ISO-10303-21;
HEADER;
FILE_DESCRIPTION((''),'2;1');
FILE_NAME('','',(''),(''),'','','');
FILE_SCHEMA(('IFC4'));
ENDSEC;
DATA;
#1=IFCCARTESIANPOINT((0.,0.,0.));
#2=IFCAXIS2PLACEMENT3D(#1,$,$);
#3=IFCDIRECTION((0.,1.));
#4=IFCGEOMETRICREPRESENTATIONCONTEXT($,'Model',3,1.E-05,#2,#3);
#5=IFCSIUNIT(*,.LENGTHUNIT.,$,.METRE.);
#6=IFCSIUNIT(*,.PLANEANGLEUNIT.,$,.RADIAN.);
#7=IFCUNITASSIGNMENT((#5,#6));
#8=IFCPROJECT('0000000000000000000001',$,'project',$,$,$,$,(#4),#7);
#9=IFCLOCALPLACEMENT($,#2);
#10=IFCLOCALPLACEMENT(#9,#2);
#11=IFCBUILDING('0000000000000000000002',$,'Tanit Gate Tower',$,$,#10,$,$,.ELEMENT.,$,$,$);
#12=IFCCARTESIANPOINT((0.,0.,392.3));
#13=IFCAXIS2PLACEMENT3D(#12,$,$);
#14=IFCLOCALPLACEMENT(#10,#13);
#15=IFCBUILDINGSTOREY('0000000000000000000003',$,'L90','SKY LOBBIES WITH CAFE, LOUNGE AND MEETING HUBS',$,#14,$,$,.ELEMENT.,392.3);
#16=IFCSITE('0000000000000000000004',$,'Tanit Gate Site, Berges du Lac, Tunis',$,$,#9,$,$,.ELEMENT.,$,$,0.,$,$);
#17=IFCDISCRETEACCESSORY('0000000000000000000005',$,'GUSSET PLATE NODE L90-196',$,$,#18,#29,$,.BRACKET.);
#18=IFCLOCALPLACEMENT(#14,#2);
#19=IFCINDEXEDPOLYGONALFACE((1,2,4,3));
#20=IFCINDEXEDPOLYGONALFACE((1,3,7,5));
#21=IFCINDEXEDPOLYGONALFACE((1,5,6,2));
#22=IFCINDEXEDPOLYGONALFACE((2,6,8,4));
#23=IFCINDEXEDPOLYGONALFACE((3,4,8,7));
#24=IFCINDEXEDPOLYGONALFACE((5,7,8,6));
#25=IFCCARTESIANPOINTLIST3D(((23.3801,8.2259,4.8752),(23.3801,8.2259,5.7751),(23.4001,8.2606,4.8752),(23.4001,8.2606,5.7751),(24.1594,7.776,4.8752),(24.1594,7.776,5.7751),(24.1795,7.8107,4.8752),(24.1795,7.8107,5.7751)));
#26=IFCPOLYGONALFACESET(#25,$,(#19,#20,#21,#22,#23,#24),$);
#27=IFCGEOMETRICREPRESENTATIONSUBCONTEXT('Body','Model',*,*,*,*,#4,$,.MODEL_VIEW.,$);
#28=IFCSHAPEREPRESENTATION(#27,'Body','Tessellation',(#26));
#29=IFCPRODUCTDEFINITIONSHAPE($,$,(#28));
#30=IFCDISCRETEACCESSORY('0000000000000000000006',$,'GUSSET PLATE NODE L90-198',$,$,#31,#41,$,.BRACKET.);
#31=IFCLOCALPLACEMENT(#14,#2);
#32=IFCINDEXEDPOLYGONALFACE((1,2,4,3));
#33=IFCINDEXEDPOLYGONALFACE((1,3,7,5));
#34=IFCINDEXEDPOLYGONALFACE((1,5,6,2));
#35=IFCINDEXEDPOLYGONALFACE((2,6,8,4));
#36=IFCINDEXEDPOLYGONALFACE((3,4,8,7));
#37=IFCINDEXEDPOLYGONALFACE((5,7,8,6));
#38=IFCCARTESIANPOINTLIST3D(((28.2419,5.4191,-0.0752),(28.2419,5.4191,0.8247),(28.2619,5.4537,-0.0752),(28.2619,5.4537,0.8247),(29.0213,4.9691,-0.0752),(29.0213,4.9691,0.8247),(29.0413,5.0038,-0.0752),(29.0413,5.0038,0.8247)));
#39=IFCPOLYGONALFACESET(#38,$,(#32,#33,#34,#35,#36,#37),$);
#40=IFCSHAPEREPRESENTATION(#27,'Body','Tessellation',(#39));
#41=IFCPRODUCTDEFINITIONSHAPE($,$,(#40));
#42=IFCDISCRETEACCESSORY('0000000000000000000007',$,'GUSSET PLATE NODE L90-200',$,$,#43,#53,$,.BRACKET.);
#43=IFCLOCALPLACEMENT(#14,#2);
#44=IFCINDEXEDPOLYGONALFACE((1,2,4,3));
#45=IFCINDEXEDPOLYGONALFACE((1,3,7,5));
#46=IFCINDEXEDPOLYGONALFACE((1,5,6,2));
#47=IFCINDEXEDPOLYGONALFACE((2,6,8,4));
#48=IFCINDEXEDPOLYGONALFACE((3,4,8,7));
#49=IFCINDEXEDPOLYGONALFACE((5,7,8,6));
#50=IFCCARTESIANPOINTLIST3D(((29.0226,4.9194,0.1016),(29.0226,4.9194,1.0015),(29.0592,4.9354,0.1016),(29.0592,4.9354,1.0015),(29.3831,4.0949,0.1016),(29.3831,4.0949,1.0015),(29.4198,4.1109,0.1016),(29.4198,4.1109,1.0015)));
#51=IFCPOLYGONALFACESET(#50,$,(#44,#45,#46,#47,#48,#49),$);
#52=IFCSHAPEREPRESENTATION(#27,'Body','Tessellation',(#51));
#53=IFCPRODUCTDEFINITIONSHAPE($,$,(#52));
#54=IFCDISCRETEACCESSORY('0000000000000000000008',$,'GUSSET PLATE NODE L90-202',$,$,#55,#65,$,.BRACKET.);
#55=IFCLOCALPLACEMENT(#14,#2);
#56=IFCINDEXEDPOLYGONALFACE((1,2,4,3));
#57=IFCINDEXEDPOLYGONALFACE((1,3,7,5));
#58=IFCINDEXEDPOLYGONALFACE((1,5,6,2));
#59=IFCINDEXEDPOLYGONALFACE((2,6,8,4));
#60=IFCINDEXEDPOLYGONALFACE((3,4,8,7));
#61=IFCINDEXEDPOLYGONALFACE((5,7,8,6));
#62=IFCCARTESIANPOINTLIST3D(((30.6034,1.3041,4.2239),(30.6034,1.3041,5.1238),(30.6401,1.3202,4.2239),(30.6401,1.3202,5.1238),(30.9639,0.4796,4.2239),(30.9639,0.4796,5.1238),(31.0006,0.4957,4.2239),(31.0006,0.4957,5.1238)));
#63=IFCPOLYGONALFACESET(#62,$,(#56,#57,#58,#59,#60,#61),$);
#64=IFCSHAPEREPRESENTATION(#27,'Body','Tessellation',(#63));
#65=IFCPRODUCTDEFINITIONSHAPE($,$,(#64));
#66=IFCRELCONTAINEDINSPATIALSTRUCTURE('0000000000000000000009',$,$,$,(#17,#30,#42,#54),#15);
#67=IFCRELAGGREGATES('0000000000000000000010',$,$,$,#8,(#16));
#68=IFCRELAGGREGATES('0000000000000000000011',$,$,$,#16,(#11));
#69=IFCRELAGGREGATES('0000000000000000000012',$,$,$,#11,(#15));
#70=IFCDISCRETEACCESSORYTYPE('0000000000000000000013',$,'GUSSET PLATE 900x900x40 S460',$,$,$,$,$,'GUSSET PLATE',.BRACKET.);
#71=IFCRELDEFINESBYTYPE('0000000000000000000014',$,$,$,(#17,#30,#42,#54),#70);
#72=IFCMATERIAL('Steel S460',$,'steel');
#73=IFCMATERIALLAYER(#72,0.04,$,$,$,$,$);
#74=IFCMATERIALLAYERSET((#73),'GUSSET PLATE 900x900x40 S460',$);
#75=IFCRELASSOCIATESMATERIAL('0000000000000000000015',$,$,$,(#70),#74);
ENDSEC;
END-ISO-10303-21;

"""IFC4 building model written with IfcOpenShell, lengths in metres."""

from ifc_helpers import new_model, si_unit, direction, frame, origin, origin_2d, place, context, subcontext, project, spatial, rectangle, extrude, material, layer, layer_set, type_object, element, save


model = new_model("IFC4")

# Units and contexts
model_context = context("Model", 3, precision=1e-05, world=origin(), true_north=direction((0.0, 1.0)))
body_context = subcontext(model_context, "Body", "Model", "MODEL_VIEW")
ifc_project = project(units=[si_unit("LENGTHUNIT", "METRE"), si_unit("PLANEANGLEUNIT", "RADIAN")], contexts=[model_context])

# Site, building, storey
site_placement = place(None, origin())
site = spatial("IfcSite", under=ifc_project, at=site_placement, Name="Tanit Gate Site, Berges du Lac, Tunis", CompositionType="ELEMENT", RefElevation=0.0)
building_placement = place(site_placement, origin())
building = spatial("IfcBuilding", under=site, at=building_placement, Name="Tanit Gate Tower", CompositionType="ELEMENT")
storey_placement = place(building_placement, frame((0.0, 0.0, 392.3)))
storey = spatial("IfcBuildingStorey", under=building, at=storey_placement, Name="L90", Description="SKY LOBBIES WITH CAFE, LOUNGE AND MEETING HUBS", CompositionType="ELEMENT", Elevation=392.3)

# Discrete accessories
ifc_material_1 = material(Name="Steel S460", Category="steel")
ifc_layer_1 = layer(ifc_material_1, 0.04)
ifc_layer_set_1 = layer_set([ifc_layer_1], Name="GUSSET PLATE 900x900x40 S460")
discrete_accessory_type = type_object("IfcDiscreteAccessoryType", Name="GUSSET PLATE 900x900x40 S460", ElementType="GUSSET PLATE", PredefinedType="BRACKET", material=ifc_layer_set_1)
for number, where, z_axis, x_axis, name in (
    (1, (23.7798, 8.0183, 4.8752), (0.0, 0.0, 1.0), (0.866025, -0.5, 0.0), "GUSSET PLATE NODE L90-196"),
    (2, (28.6416, 5.2114, -0.0752), (0.0, 0.0, 1.0), (-0.866025, 0.5, 0.0), "GUSSET PLATE NODE L90-198"),
    (3, (29.2212, 4.5151, 0.1016), (0.0, 0.0, 1.0), (0.400685, -0.916216, 0.0), "GUSSET PLATE NODE L90-200"),
    (4, (30.802, 0.8999, 4.2239), (0.0, 0.0, 1.0), (-0.400685, 0.916216, 0.0), "GUSSET PLATE NODE L90-202"),
):
    element("IfcDiscreteAccessory", number, at=place(storey_placement, frame(where, z_axis=z_axis, x_axis=x_axis)), inside=storey, type_object=discrete_accessory_type, Name=name, PredefinedType="BRACKET", context=body_context, shape_type="SweptSolid", body=[
        extrude(rectangle(XDim=0.8999, YDim=0.04, at=origin_2d()), origin(), (0.0, 0.0, 1.0), 0.8999),
    ])

save(model, "model.ifc")
